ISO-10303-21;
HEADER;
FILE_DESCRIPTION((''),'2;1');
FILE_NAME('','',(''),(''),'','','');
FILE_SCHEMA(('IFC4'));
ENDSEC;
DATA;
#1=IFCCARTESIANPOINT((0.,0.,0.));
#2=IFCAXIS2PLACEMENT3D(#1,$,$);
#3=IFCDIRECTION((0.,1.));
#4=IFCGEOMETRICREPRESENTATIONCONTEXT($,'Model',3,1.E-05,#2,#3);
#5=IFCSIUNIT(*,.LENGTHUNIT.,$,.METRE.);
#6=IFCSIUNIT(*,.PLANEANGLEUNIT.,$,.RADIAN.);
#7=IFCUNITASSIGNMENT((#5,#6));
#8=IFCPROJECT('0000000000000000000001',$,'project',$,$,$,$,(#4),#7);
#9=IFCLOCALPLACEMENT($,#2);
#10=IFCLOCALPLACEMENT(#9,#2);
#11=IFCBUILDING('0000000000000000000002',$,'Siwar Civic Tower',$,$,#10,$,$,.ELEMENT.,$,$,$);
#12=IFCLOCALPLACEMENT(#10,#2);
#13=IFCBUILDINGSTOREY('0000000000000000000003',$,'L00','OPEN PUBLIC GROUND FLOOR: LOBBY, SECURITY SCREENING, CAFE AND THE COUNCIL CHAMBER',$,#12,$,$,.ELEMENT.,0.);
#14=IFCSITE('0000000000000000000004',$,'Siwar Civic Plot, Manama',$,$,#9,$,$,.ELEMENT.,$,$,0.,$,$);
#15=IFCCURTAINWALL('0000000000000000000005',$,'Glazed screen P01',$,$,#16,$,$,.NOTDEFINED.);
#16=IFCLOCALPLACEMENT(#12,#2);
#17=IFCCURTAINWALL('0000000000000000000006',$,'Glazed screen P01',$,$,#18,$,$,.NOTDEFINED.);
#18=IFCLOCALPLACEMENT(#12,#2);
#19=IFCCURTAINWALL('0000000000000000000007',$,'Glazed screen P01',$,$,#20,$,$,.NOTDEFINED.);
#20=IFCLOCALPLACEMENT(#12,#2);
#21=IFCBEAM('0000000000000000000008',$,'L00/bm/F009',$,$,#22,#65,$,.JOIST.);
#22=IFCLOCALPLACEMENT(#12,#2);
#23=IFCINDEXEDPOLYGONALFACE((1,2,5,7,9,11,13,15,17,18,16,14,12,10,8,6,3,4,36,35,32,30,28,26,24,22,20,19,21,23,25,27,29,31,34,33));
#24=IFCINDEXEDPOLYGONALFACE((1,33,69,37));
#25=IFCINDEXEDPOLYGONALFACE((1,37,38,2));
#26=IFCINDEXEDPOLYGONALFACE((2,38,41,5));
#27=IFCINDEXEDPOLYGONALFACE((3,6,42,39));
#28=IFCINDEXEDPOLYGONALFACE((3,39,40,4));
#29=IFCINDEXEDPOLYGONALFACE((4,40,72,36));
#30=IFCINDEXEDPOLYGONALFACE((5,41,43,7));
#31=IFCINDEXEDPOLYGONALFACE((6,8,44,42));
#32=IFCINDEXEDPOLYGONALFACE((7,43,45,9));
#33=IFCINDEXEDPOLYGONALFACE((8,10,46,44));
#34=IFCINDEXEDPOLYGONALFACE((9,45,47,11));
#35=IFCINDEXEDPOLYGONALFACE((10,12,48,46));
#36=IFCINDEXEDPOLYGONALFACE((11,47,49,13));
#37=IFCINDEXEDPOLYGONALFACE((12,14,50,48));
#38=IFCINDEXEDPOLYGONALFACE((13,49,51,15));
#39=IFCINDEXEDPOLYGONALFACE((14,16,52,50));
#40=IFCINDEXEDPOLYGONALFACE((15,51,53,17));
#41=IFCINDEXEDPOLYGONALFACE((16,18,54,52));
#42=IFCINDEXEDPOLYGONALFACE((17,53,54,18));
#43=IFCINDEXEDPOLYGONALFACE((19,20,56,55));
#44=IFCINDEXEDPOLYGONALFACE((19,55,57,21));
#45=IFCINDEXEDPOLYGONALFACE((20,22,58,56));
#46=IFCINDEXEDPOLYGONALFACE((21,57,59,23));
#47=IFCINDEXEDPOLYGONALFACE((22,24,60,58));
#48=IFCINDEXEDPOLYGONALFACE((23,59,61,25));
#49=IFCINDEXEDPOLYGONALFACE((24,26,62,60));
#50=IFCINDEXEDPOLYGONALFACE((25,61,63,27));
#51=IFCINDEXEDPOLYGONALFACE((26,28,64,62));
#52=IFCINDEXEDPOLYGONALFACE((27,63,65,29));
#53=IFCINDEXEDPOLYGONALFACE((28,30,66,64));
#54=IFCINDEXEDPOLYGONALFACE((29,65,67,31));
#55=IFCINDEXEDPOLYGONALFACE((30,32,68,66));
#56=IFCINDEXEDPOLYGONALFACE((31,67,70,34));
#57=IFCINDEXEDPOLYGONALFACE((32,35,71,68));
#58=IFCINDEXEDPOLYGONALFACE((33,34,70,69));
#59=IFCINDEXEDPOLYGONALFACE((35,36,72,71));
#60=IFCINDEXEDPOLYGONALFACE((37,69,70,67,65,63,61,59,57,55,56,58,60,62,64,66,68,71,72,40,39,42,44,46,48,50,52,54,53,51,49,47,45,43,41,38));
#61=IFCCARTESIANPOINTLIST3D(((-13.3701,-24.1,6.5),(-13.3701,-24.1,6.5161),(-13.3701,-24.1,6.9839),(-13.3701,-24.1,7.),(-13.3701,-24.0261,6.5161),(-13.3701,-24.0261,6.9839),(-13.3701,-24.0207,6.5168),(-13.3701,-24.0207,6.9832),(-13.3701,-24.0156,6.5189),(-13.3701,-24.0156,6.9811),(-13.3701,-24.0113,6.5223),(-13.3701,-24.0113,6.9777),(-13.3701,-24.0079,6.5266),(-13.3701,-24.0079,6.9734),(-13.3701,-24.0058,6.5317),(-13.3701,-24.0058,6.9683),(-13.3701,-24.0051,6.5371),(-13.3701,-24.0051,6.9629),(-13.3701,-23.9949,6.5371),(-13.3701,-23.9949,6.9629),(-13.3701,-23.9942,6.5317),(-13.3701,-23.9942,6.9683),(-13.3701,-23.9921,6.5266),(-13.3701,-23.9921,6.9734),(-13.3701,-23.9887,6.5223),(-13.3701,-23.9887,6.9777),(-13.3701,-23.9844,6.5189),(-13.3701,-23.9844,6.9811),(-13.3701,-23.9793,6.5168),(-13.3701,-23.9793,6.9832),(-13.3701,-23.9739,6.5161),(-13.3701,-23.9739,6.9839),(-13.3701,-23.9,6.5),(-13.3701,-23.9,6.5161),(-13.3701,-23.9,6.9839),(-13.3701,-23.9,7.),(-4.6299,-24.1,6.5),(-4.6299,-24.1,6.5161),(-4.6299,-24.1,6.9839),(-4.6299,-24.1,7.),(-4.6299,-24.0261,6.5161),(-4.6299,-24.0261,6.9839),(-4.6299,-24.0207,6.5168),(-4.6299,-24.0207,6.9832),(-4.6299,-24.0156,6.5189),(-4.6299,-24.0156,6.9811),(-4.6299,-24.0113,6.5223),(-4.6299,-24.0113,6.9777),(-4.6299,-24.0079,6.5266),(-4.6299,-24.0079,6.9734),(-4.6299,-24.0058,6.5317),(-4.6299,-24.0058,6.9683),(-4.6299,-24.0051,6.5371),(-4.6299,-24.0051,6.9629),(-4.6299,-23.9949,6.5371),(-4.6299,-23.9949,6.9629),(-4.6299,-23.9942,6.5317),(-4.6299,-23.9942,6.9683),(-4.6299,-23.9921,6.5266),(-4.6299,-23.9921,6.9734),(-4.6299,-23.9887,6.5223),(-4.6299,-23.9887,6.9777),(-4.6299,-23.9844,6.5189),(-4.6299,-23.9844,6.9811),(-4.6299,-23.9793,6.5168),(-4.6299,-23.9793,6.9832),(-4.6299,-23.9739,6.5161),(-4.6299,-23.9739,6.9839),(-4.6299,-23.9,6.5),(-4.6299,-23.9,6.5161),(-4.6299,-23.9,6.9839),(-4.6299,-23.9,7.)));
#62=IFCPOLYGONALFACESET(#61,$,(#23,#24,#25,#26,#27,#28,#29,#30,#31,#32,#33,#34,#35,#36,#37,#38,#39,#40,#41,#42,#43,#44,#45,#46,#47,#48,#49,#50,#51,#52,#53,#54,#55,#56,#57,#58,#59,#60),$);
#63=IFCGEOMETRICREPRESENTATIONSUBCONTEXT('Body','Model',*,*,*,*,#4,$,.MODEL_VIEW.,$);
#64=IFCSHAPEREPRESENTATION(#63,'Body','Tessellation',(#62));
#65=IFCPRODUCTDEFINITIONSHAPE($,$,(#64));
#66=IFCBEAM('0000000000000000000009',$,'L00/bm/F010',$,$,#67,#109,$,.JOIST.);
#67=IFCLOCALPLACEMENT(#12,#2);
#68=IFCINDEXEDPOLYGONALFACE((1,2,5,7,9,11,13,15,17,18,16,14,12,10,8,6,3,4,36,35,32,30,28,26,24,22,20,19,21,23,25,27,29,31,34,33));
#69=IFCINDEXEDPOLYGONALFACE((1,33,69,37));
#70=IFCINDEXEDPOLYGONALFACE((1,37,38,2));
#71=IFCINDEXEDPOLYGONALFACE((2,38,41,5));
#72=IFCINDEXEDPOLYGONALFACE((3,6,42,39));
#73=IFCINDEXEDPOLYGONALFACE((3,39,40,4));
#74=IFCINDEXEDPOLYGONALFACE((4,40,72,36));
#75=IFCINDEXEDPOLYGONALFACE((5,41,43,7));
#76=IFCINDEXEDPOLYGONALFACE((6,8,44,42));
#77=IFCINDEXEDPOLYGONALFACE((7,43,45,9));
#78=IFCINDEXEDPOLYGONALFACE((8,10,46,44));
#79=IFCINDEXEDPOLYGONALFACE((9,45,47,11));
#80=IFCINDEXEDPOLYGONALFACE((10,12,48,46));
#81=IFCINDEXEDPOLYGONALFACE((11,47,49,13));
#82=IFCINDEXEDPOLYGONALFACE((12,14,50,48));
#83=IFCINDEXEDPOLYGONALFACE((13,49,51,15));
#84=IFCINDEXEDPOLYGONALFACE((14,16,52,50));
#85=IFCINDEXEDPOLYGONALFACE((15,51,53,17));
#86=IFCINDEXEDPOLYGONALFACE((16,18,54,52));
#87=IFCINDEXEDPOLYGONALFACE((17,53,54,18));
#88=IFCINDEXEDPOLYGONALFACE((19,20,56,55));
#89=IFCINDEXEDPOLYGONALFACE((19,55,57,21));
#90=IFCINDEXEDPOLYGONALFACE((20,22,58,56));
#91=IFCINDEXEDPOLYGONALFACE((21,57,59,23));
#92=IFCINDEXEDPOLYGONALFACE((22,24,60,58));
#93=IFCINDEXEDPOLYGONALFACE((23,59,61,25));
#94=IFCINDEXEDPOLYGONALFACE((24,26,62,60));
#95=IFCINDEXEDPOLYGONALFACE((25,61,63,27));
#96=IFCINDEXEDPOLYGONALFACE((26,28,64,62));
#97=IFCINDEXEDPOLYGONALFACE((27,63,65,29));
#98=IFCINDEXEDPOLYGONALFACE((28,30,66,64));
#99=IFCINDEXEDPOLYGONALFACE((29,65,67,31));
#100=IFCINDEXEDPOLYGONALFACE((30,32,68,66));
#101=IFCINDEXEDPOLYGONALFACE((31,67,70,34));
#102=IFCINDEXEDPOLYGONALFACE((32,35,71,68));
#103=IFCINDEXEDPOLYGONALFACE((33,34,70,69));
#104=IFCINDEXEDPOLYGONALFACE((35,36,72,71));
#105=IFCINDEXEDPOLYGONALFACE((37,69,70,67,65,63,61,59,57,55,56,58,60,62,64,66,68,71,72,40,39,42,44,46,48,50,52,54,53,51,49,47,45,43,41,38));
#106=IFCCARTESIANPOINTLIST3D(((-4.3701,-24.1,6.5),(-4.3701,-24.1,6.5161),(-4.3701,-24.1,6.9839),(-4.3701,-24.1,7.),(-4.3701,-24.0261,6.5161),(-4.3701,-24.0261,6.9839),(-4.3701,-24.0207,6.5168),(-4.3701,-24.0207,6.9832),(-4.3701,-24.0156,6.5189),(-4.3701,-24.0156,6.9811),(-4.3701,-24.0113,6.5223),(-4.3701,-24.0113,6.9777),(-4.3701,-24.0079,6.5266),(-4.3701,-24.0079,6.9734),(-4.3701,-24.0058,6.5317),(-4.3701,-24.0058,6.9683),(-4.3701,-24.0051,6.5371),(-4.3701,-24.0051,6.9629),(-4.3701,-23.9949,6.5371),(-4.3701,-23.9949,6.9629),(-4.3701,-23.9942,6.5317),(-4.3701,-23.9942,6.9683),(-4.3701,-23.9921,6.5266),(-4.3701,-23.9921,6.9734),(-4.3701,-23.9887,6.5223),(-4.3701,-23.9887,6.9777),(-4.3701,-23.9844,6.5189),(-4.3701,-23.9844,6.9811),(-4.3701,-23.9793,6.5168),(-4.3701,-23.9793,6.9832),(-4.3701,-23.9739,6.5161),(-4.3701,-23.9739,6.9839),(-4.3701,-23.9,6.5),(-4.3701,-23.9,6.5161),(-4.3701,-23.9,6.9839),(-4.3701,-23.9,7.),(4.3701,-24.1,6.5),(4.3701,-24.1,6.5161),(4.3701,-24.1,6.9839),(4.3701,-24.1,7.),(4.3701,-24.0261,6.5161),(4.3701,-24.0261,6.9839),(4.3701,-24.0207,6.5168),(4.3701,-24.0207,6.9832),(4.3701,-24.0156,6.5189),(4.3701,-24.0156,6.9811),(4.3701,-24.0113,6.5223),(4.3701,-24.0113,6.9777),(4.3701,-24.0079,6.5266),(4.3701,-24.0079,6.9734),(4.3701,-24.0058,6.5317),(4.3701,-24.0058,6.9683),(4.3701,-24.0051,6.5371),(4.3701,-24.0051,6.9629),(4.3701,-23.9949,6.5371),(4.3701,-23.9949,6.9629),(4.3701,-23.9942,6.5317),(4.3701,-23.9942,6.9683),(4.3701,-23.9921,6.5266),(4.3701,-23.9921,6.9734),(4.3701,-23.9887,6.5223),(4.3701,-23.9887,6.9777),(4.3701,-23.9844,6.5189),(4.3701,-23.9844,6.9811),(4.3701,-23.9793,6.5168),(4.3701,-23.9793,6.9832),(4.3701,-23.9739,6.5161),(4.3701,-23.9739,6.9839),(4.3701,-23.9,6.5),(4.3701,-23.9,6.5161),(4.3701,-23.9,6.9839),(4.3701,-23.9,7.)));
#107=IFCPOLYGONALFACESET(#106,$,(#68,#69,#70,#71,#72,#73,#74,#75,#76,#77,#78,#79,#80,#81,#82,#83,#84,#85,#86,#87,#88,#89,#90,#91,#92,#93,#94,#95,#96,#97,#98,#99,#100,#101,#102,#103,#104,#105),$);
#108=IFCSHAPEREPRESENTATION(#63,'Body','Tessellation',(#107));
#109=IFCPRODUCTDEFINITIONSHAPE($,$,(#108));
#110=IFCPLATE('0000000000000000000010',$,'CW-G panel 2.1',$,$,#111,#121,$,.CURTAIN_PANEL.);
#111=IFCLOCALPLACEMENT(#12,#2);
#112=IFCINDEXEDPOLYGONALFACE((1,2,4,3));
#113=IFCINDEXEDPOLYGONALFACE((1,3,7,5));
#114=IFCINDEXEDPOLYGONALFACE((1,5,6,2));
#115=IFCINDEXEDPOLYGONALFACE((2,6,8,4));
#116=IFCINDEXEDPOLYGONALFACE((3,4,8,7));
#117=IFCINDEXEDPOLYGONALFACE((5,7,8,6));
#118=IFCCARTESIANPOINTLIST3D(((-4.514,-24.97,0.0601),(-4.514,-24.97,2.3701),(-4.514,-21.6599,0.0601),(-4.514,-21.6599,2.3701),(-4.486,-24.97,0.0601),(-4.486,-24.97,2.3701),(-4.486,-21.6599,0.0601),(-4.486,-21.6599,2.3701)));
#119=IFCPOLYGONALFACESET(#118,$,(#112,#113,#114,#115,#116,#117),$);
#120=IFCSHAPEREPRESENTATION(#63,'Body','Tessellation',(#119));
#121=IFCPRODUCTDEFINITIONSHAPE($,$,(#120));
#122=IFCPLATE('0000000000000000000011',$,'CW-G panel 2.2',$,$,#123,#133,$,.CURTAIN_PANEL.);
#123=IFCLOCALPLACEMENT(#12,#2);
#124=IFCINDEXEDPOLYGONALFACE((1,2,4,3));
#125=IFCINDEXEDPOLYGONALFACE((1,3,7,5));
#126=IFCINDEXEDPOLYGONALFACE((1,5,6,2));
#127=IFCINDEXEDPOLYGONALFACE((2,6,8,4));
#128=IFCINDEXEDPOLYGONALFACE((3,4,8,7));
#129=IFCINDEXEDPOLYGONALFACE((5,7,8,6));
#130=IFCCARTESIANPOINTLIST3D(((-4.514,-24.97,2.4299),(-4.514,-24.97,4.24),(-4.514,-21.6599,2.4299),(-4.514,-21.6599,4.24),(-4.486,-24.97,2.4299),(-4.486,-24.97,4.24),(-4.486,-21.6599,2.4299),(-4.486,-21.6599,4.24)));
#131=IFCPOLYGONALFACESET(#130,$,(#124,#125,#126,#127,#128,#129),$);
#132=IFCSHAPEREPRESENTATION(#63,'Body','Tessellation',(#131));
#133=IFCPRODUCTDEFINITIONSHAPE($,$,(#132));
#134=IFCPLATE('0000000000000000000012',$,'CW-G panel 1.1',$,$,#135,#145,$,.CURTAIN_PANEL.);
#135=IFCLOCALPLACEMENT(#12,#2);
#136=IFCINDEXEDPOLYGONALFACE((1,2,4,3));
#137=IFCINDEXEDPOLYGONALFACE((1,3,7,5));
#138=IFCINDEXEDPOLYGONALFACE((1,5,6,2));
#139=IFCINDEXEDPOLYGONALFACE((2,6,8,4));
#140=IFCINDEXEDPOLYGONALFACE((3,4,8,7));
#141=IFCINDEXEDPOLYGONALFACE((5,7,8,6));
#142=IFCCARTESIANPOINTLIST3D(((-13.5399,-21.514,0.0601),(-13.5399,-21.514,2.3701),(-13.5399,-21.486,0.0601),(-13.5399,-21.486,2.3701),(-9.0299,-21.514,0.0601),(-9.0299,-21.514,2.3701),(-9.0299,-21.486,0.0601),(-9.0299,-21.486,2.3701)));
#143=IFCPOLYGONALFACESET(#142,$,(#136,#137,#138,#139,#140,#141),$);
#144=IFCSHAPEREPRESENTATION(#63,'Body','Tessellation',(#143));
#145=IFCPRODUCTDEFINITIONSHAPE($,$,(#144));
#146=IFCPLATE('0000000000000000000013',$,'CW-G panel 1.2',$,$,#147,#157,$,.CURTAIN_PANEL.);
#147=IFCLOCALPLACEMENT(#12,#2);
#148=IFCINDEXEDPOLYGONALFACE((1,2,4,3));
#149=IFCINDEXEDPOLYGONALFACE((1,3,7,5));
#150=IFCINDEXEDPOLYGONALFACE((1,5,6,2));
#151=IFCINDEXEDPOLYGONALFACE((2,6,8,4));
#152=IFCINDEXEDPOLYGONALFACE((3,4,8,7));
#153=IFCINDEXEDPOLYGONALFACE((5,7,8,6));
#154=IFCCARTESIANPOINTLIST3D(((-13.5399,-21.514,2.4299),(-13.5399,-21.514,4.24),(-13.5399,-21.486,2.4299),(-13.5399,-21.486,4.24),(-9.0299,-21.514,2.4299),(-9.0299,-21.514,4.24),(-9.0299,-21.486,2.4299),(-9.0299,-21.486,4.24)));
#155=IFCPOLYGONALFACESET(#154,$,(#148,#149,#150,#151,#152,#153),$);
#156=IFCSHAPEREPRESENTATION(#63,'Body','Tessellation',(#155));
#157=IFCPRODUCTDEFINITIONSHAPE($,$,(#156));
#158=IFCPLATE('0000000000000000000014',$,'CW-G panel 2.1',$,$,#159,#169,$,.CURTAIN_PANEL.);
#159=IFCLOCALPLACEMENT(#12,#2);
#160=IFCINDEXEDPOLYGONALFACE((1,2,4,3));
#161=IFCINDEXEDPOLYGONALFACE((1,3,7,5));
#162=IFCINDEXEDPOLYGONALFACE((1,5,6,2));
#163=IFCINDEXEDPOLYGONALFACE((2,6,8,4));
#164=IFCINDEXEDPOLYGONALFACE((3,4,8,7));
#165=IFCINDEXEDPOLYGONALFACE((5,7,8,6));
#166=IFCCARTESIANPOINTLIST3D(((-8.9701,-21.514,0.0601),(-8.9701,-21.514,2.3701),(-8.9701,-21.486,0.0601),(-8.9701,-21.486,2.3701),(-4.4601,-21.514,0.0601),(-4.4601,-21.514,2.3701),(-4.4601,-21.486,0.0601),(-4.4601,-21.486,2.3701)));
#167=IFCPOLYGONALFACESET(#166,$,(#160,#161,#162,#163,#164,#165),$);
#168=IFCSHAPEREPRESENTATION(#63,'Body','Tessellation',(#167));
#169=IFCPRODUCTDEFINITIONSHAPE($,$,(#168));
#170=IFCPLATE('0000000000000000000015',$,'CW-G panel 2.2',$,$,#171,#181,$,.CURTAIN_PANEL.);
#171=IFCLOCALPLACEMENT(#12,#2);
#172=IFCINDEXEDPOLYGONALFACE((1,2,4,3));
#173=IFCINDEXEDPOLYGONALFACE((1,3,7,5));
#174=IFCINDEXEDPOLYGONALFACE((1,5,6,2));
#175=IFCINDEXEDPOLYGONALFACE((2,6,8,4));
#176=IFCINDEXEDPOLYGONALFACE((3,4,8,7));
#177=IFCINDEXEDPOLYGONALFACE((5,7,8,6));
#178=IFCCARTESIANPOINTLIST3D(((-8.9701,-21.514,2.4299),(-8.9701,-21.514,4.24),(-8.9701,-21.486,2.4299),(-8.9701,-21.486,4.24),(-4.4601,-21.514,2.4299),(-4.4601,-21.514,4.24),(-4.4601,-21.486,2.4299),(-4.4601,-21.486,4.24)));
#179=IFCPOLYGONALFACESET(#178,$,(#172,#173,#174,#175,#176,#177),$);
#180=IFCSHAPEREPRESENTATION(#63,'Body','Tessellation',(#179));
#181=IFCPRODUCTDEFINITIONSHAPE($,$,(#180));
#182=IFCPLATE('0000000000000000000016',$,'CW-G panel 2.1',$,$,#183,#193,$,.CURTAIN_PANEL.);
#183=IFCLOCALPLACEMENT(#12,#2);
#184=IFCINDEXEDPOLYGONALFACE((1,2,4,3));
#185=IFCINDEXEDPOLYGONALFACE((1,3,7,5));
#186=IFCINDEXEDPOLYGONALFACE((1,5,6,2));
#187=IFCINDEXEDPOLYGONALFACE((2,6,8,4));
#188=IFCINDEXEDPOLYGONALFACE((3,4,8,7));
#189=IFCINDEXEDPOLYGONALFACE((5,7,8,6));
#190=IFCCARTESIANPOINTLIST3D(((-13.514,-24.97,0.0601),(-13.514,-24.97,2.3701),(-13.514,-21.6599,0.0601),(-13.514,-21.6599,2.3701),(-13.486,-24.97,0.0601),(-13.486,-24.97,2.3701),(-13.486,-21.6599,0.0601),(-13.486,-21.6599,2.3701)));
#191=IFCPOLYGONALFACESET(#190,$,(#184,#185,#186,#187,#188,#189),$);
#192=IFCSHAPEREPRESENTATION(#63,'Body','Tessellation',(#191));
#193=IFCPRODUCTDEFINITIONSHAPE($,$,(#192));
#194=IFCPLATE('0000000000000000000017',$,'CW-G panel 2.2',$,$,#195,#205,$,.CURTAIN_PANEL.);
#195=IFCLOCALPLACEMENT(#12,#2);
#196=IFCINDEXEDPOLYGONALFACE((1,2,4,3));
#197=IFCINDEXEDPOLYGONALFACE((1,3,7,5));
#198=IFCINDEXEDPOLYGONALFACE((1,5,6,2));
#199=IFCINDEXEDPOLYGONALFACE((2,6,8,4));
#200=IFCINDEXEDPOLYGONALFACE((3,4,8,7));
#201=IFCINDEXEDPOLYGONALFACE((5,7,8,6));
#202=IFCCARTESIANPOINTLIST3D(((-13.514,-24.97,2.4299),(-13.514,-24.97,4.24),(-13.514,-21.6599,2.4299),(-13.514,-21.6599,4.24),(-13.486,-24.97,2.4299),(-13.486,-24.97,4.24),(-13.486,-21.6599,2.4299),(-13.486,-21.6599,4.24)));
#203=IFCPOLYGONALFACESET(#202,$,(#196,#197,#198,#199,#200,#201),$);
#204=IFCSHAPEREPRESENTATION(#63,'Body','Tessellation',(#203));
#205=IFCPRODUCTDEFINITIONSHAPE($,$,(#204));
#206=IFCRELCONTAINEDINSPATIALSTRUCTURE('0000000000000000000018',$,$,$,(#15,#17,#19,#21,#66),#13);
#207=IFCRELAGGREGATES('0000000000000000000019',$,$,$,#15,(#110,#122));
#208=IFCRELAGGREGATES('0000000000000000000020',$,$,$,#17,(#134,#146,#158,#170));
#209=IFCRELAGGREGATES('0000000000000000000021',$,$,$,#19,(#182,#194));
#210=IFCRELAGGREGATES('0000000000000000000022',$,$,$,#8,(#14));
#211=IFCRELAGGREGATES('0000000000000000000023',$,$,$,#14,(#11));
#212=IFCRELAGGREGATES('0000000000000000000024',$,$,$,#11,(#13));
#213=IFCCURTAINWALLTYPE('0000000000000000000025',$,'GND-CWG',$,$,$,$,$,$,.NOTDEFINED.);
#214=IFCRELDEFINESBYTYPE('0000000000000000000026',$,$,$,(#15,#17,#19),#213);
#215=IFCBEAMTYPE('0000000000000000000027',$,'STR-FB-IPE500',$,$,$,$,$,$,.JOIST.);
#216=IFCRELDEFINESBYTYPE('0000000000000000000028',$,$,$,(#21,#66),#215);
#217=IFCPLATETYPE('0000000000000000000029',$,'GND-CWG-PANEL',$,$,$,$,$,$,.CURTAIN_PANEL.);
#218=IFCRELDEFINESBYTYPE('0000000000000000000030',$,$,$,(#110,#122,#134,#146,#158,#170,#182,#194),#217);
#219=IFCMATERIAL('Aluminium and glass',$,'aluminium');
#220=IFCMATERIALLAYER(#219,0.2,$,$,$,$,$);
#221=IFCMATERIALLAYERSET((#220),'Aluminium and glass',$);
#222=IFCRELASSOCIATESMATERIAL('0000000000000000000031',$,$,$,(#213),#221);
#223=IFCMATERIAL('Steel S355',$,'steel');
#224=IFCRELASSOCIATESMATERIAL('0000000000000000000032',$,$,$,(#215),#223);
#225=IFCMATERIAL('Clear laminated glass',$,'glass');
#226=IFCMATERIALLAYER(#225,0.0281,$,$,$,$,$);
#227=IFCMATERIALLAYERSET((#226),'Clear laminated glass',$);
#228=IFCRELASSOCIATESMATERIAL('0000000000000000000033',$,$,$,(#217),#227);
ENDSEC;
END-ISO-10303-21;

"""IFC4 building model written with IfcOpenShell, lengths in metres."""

from ifc_helpers import new_model, si_unit, direction, frame, origin, origin_2d, place, context, subcontext, project, spatial, rectangle, i_section, extrude, material, layer, layer_set, material_profile, profile_set, type_object, element, aggregate, save


model = new_model("IFC4")

# Units and contexts
model_context = context("Model", 3, precision=1e-05, world=origin(), true_north=direction((0.0, 1.0)))
body_context = subcontext(model_context, "Body", "Model", "MODEL_VIEW")
ifc_project = project(units=[si_unit("LENGTHUNIT", "METRE"), si_unit("PLANEANGLEUNIT", "RADIAN")], contexts=[model_context])

# Site, building, storey
site_placement = place(None, origin())
site = spatial("IfcSite", under=ifc_project, at=site_placement, Name="Siwar Civic Plot, Manama", CompositionType="ELEMENT", RefElevation=0.0)
building_placement = place(site_placement, origin())
building = spatial("IfcBuilding", under=site, at=building_placement, Name="Siwar Civic Tower", CompositionType="ELEMENT")
storey_placement = place(building_placement, origin())
storey = spatial("IfcBuildingStorey", under=building, at=storey_placement, Name="L00", Description="OPEN PUBLIC GROUND FLOOR: LOBBY, SECURITY SCREENING, CAFE AND THE COUNCIL CHAMBER", CompositionType="ELEMENT", Elevation=0.0)

# Curtain wall
ifc_material_1 = material(Name="Aluminium and glass", Category="aluminium")
ifc_layer_1 = layer(ifc_material_1, 0.2)
ifc_layer_set_1 = layer_set([ifc_layer_1], Name="Aluminium and glass")
curtain_wall_type = type_object("IfcCurtainWallType", Name="GND-CWG", PredefinedType="NOTDEFINED", material=ifc_layer_set_1)
curtain_wall_1_placement = place(storey_placement, origin())
curtain_wall_1 = element("IfcCurtainWall", 1, at=curtain_wall_1_placement, inside=storey, type_object=curtain_wall_type, Name="Glazed screen P01", PredefinedType="NOTDEFINED")

# Curtain wall
curtain_wall_2_placement = place(storey_placement, origin())
curtain_wall_2 = element("IfcCurtainWall", 2, at=curtain_wall_2_placement, inside=storey, type_object=curtain_wall_type, Name="Glazed screen P01", PredefinedType="NOTDEFINED")

# Curtain wall
curtain_wall_3_placement = place(storey_placement, origin())
curtain_wall_3 = element("IfcCurtainWall", 3, at=curtain_wall_3_placement, inside=storey, type_object=curtain_wall_type, Name="Glazed screen P01", PredefinedType="NOTDEFINED")

# Beams
ifc_material_2 = material(Name="Steel S355", Category="steel")
ifc_material_profile_1 = material_profile(ifc_material_2, i_section(OverallWidth=0.2, OverallDepth=0.5, WebThickness=0.0103, FlangeThickness=0.0161, FilletRadius=0.021, at=origin_2d()), Name="IPE500")
ifc_profile_set_1 = profile_set([ifc_material_profile_1], Name="Steel S355")
beam_type = type_object("IfcBeamType", Name="STR-FB-IPE500", PredefinedType="JOIST", material=ifc_profile_set_1)
for number, where, z_axis, x_axis, name in (
    (4, (-13.3701, -24.0, 6.75), (1.0, 0.0, 0.0), (0.0, 1.0, 0.0), "L00/bm/F009"),
    (5, (-4.3701, -24.0, 6.75), (1.0, 0.0, 0.0), (0.0, 1.0, 0.0), "L00/bm/F010"),
):
    element("IfcBeam", number, at=place(storey_placement, frame(where, z_axis=z_axis, x_axis=x_axis)), inside=storey, type_object=beam_type, Name=name, PredefinedType="JOIST", context=body_context, shape_type="SweptSolid", body=[
        extrude(i_section(OverallWidth=0.2, OverallDepth=0.5, WebThickness=0.0103, FlangeThickness=0.0161, FilletRadius=0.021, at=origin_2d()), origin(), (0.0, 0.0, 1.0), 8.7402),
    ])

# Plates
ifc_material_3 = material(Name="Clear laminated glass", Category="glass")
ifc_layer_2 = layer(ifc_material_3, 0.0281)
ifc_layer_set_2 = layer_set([ifc_layer_2], Name="Clear laminated glass")
plate_type = type_object("IfcPlateType", Name="GND-CWG-PANEL", PredefinedType="CURTAIN_PANEL", material=ifc_layer_set_2)
plate_1_placement = place(storey_placement, frame((-4.5, -23.3149, 0.0601), z_axis=(0.0, 0.0, 1.0), x_axis=(0.0, 1.0, 0.0)))
plate_1 = element("IfcPlate", 6, at=plate_1_placement, type_object=plate_type, Name="CW-G panel 2.1", PredefinedType="CURTAIN_PANEL", context=body_context, shape_type="SweptSolid", body=[
    extrude(rectangle(XDim=3.3101, YDim=0.0281, at=origin_2d()), origin(), (0.0, 0.0, 1.0), 2.3101),
])
plate_2_placement = place(storey_placement, frame((-4.5, -23.3149, 2.4299), z_axis=(0.0, 0.0, 1.0), x_axis=(0.0, 1.0, 0.0)))
plate_2 = element("IfcPlate", 7, at=plate_2_placement, type_object=plate_type, Name="CW-G panel 2.2", PredefinedType="CURTAIN_PANEL", context=body_context, shape_type="SweptSolid", body=[
    extrude(rectangle(XDim=3.3101, YDim=0.0281, at=origin_2d()), origin(), (0.0, 0.0, 1.0), 1.8101),
])
aggregate(curtain_wall_1, [plate_1, plate_2])
plate_3_placement = place(storey_placement, frame((-11.2849, -21.5, 0.0601), z_axis=(0.0, 0.0, 1.0), x_axis=(1.0, 0.0, 0.0)))
plate_3 = element("IfcPlate", 8, at=plate_3_placement, type_object=plate_type, Name="CW-G panel 1.1", PredefinedType="CURTAIN_PANEL", context=body_context, shape_type="SweptSolid", body=[
    extrude(rectangle(XDim=4.51, YDim=0.0281, at=origin_2d()), origin(), (0.0, 0.0, 1.0), 2.3101),
])
plate_4_placement = place(storey_placement, frame((-11.2849, -21.5, 2.4299), z_axis=(0.0, 0.0, 1.0), x_axis=(1.0, 0.0, 0.0)))
plate_4 = element("IfcPlate", 9, at=plate_4_placement, type_object=plate_type, Name="CW-G panel 1.2", PredefinedType="CURTAIN_PANEL", context=body_context, shape_type="SweptSolid", body=[
    extrude(rectangle(XDim=4.51, YDim=0.0281, at=origin_2d()), origin(), (0.0, 0.0, 1.0), 1.8101),
])
plate_5_placement = place(storey_placement, frame((-6.7151, -21.5, 0.0601), z_axis=(0.0, 0.0, 1.0), x_axis=(1.0, 0.0, 0.0)))
plate_5 = element("IfcPlate", 10, at=plate_5_placement, type_object=plate_type, Name="CW-G panel 2.1", PredefinedType="CURTAIN_PANEL", context=body_context, shape_type="SweptSolid", body=[
    extrude(rectangle(XDim=4.51, YDim=0.0281, at=origin_2d()), origin(), (0.0, 0.0, 1.0), 2.3101),
])
plate_6_placement = place(storey_placement, frame((-6.7151, -21.5, 2.4299), z_axis=(0.0, 0.0, 1.0), x_axis=(1.0, 0.0, 0.0)))
plate_6 = element("IfcPlate", 11, at=plate_6_placement, type_object=plate_type, Name="CW-G panel 2.2", PredefinedType="CURTAIN_PANEL", context=body_context, shape_type="SweptSolid", body=[
    extrude(rectangle(XDim=4.51, YDim=0.0281, at=origin_2d()), origin(), (0.0, 0.0, 1.0), 1.8101),
])
aggregate(curtain_wall_2, [plate_3, plate_4, plate_5, plate_6])
plate_7_placement = place(storey_placement, frame((-13.5, -23.3149, 0.0601), z_axis=(0.0, 0.0, 1.0), x_axis=(0.0, 1.0, 0.0)))
plate_7 = element("IfcPlate", 12, at=plate_7_placement, type_object=plate_type, Name="CW-G panel 2.1", PredefinedType="CURTAIN_PANEL", context=body_context, shape_type="SweptSolid", body=[
    extrude(rectangle(XDim=3.3101, YDim=0.0281, at=origin_2d()), origin(), (0.0, 0.0, 1.0), 2.3101),
])
plate_8_placement = place(storey_placement, frame((-13.5, -23.3149, 2.4299), z_axis=(0.0, 0.0, 1.0), x_axis=(0.0, 1.0, 0.0)))
plate_8 = element("IfcPlate", 13, at=plate_8_placement, type_object=plate_type, Name="CW-G panel 2.2", PredefinedType="CURTAIN_PANEL", context=body_context, shape_type="SweptSolid", body=[
    extrude(rectangle(XDim=3.3101, YDim=0.0281, at=origin_2d()), origin(), (0.0, 0.0, 1.0), 1.8101),
])
aggregate(curtain_wall_3, [plate_7, plate_8])

save(model, "model.ifc")
